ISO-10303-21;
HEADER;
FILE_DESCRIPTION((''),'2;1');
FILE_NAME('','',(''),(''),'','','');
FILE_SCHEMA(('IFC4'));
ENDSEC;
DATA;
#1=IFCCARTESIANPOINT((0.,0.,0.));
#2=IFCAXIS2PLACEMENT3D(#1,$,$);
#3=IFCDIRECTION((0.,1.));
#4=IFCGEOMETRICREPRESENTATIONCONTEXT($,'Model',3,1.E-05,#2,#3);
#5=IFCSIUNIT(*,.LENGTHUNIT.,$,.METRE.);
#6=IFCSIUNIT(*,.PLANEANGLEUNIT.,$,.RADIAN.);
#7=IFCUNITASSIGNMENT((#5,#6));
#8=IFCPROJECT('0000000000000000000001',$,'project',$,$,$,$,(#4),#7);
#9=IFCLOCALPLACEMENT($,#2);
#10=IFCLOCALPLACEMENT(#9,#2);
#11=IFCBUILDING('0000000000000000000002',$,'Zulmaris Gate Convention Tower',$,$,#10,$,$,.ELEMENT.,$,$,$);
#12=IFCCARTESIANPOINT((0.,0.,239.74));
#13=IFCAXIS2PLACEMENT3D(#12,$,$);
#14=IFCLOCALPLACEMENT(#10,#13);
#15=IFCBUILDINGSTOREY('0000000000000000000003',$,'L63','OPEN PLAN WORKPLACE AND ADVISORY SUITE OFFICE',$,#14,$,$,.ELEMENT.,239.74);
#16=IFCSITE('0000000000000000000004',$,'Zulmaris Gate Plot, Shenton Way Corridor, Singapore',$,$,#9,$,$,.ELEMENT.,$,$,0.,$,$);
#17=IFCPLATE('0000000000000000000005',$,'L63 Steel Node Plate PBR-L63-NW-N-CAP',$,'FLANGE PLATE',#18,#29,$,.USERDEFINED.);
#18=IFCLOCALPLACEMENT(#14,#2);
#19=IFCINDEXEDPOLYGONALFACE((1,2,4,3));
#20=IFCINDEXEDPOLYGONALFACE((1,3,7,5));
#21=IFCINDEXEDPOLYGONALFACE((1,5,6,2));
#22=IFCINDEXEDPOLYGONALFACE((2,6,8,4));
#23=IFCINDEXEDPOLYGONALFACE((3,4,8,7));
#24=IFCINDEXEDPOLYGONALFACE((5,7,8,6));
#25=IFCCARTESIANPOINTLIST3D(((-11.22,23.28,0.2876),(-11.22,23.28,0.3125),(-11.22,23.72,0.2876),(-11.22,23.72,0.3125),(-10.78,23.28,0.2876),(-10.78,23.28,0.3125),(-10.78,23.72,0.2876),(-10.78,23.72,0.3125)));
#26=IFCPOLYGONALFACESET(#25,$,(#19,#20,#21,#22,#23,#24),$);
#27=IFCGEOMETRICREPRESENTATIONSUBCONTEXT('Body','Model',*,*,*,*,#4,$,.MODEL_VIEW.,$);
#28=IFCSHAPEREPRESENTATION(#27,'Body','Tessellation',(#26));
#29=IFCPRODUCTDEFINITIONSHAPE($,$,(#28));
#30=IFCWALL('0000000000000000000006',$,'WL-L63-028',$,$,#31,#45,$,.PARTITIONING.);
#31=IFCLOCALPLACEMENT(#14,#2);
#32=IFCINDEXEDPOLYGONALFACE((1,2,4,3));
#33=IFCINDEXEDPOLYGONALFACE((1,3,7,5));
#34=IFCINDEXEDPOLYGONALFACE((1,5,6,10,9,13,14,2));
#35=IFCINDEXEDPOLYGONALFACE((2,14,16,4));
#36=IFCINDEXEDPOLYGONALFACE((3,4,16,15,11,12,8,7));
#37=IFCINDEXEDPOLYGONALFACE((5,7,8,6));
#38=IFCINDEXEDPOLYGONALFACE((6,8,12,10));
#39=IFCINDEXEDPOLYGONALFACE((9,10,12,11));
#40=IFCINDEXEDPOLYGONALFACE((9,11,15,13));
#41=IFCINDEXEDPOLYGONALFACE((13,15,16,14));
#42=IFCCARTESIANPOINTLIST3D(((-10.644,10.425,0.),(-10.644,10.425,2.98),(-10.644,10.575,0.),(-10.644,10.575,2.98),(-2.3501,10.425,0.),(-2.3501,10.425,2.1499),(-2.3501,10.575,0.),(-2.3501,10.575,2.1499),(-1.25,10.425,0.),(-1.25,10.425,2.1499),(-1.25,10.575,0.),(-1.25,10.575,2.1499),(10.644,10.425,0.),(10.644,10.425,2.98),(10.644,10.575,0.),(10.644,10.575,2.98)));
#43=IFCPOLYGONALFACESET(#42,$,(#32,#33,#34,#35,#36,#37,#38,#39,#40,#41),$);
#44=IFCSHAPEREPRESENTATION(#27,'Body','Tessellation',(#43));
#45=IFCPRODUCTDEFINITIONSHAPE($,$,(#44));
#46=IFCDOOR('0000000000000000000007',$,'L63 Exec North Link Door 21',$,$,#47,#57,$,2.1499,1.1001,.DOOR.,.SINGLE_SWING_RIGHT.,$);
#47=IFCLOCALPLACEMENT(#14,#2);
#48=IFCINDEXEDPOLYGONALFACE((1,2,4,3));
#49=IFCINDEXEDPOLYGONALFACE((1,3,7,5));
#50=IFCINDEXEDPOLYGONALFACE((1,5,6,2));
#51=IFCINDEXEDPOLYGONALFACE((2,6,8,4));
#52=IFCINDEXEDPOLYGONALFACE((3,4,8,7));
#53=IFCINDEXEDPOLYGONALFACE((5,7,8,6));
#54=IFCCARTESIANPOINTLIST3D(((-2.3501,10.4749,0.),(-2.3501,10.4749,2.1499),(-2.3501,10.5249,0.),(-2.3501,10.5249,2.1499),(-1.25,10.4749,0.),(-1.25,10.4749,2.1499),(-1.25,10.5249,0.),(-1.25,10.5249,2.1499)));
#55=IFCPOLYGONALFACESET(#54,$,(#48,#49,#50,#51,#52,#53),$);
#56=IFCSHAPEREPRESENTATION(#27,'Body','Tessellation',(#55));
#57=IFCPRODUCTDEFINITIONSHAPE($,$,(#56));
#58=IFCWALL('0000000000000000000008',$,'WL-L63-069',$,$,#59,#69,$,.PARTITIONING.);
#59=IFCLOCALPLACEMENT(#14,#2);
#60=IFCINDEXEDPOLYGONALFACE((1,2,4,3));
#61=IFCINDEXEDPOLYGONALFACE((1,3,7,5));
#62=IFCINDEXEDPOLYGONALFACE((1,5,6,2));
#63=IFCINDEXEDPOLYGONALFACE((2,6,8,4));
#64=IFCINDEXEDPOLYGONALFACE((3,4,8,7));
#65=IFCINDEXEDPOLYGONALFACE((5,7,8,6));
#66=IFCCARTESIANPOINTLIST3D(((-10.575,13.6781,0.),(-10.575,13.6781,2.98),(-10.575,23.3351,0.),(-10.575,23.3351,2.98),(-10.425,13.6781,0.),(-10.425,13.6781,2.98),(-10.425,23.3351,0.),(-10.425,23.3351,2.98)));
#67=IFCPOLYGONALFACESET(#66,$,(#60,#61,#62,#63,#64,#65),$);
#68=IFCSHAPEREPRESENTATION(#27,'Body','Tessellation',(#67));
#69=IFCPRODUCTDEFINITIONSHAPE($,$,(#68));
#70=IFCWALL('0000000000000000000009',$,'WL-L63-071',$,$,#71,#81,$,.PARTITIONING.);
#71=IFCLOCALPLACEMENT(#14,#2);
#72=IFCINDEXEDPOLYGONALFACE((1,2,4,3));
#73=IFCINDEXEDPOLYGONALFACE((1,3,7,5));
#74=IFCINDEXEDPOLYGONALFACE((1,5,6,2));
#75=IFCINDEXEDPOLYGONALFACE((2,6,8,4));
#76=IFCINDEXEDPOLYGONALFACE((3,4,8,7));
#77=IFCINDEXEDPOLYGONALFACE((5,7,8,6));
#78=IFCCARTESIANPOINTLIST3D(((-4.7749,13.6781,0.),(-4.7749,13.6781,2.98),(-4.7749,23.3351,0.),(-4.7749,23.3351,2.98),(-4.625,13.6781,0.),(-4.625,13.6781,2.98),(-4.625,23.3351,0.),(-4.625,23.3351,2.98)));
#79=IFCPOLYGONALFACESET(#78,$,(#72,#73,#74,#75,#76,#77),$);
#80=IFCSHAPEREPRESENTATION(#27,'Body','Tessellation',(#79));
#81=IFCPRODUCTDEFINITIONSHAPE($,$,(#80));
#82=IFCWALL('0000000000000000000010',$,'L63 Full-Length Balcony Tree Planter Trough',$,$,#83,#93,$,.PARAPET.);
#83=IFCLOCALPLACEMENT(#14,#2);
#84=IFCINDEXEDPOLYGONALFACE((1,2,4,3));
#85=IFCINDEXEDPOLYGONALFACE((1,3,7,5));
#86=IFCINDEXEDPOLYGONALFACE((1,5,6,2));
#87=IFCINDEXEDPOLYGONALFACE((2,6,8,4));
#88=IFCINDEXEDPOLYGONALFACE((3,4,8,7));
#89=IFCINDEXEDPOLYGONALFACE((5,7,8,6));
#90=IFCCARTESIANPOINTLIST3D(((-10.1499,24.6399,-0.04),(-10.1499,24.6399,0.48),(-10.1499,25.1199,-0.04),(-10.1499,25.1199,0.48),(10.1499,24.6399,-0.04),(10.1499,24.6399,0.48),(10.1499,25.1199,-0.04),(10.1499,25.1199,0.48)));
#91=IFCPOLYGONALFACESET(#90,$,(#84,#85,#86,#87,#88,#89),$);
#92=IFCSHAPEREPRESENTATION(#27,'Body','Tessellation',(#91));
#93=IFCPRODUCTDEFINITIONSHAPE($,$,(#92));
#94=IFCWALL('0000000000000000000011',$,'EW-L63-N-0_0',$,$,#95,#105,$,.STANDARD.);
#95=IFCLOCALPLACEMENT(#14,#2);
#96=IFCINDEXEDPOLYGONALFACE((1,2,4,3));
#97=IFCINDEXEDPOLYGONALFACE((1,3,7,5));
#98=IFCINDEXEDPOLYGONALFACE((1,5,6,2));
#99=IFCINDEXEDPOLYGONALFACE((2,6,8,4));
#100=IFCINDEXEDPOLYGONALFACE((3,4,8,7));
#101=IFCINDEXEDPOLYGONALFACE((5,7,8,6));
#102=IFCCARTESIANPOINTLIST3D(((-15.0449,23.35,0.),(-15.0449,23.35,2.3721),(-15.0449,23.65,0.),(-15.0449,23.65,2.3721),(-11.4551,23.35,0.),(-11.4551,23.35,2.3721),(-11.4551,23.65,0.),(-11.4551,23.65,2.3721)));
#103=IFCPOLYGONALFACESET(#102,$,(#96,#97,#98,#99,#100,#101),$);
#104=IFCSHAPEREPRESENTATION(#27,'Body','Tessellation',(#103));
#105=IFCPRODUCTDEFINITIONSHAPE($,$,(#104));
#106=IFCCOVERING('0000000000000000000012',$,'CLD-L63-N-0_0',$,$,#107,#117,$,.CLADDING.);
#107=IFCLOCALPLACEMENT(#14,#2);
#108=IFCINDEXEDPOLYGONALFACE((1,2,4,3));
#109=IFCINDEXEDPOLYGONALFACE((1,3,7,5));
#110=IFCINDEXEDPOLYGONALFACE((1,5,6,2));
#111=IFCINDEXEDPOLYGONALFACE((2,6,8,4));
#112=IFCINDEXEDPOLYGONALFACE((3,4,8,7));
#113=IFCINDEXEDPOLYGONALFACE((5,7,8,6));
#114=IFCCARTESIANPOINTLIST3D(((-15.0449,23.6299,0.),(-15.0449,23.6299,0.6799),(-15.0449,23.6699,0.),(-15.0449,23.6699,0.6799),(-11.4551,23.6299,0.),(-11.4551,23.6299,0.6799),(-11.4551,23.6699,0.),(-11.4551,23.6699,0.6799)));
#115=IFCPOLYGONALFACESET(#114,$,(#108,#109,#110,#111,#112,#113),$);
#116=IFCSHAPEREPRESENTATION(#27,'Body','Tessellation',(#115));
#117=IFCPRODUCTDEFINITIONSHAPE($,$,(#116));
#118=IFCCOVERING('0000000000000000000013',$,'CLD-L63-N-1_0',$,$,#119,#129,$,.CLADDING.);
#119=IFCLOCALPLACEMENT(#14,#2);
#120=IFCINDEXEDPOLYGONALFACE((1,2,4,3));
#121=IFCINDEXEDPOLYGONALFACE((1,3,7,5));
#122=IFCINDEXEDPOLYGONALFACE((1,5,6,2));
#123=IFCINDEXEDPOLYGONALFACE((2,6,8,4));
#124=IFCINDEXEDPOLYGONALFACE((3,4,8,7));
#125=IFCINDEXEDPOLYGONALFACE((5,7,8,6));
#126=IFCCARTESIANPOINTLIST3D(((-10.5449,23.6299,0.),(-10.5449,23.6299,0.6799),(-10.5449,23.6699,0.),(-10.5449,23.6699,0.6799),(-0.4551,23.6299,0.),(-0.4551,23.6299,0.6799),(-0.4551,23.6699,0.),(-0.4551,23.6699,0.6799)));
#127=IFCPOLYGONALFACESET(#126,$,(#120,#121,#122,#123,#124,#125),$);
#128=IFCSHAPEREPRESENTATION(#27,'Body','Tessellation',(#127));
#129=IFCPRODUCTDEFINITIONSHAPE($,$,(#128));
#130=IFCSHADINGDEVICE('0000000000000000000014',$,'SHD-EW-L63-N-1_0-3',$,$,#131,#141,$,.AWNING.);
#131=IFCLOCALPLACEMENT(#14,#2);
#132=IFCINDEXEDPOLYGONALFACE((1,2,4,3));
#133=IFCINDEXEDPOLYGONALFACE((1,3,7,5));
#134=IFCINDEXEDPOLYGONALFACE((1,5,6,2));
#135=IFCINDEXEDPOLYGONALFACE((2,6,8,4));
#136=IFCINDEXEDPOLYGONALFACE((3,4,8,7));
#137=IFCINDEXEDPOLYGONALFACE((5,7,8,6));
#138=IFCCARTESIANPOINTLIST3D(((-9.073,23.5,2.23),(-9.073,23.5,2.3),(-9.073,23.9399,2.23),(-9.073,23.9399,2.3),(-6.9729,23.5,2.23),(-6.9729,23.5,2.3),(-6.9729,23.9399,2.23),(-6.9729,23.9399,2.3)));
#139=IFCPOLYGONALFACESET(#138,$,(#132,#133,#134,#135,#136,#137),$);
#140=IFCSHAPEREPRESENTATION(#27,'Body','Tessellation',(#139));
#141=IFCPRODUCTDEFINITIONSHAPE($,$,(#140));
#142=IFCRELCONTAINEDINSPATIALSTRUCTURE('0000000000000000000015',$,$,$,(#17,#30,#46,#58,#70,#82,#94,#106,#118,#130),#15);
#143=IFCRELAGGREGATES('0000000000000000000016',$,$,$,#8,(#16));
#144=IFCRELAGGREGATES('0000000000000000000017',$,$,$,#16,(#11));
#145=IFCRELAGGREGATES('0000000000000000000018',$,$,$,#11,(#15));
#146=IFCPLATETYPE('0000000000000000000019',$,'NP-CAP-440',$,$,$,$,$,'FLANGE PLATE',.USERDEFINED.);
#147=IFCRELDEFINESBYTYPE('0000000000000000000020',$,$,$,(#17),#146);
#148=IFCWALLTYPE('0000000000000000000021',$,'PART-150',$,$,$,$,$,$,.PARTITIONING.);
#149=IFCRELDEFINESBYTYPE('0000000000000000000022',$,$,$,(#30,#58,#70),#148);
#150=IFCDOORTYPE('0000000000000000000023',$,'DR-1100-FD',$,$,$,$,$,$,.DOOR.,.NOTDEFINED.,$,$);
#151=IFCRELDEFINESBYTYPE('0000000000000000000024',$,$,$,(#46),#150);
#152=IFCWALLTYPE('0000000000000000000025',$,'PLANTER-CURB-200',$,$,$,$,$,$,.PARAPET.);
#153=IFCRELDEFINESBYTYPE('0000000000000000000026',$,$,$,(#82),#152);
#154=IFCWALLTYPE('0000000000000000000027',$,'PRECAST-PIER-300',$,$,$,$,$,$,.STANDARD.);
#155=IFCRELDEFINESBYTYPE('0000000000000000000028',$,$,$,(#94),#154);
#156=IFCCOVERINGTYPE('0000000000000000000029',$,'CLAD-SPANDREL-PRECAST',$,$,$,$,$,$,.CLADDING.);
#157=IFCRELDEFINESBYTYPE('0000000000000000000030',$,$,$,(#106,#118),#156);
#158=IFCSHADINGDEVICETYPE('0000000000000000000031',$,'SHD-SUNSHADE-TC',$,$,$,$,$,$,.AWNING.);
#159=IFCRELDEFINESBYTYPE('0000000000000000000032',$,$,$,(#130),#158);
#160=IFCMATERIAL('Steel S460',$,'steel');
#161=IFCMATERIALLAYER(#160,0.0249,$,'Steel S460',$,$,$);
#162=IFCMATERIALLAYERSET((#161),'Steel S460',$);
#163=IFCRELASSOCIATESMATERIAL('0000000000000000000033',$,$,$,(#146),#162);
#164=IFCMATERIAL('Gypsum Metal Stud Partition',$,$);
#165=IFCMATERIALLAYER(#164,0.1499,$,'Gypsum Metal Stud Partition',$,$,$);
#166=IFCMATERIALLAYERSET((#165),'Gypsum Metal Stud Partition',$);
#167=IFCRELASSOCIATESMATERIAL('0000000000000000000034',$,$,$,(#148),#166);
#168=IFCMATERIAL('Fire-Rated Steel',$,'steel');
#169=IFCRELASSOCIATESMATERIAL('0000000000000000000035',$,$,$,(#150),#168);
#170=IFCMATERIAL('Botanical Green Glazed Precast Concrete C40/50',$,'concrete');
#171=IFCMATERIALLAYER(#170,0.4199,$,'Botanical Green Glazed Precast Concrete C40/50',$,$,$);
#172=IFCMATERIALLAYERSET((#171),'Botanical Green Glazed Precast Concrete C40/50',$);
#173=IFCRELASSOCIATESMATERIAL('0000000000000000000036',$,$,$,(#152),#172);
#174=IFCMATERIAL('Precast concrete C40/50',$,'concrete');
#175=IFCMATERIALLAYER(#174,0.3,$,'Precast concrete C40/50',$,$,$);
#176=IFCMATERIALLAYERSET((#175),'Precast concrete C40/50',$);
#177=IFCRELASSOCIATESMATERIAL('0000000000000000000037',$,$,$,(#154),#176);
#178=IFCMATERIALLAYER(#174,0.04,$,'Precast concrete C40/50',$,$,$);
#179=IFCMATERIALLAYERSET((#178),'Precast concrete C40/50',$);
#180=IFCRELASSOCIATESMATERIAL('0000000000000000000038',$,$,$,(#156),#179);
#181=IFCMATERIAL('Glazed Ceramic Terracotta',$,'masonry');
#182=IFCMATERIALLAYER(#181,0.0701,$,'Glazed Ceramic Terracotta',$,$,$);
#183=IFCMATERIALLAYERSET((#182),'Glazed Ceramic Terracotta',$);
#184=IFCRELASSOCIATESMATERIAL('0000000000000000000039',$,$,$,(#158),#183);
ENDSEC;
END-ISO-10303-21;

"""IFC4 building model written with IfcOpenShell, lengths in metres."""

from ifc_helpers import new_model, si_unit, direction, frame, frame_2d, origin, origin_2d, place, context, subcontext, project, spatial, rectangle, extrude, material, layer, layer_set, type_object, element, fill, save


model = new_model("IFC4")

# Units and contexts
model_context = context("Model", 3, precision=1e-05, world=origin(), true_north=direction((0.0, 1.0)))
body_context = subcontext(model_context, "Body", "Model", "MODEL_VIEW")
ifc_project = project(units=[si_unit("LENGTHUNIT", "METRE"), si_unit("PLANEANGLEUNIT", "RADIAN")], contexts=[model_context])

# Site, building, storey
site_placement = place(None, origin())
site = spatial("IfcSite", under=ifc_project, at=site_placement, Name="Zulmaris Gate Plot, Shenton Way Corridor, Singapore", CompositionType="ELEMENT", RefElevation=0.0)
building_placement = place(site_placement, origin())
building = spatial("IfcBuilding", under=site, at=building_placement, Name="Zulmaris Gate Convention Tower", CompositionType="ELEMENT")
storey_placement = place(building_placement, frame((0.0, 0.0, 239.74)))
storey = spatial("IfcBuildingStorey", under=building, at=storey_placement, Name="L63", Description="OPEN PLAN WORKPLACE AND ADVISORY SUITE OFFICE", CompositionType="ELEMENT", Elevation=239.74)

# Plate
ifc_material_1 = material(Name="Steel S460", Category="steel")
ifc_layer_1 = layer(ifc_material_1, 0.0249, Name="Steel S460")
ifc_layer_set_1 = layer_set([ifc_layer_1], Name="Steel S460")
plate_type = type_object("IfcPlateType", Name="NP-CAP-440", ElementType="FLANGE PLATE", PredefinedType="USERDEFINED", material=ifc_layer_set_1)
plate_placement = place(storey_placement, frame((-11.0, 23.5, 0.2876), z_axis=(0.0, 0.0, 1.0), x_axis=(1.0, 0.0, 0.0)))
element("IfcPlate", 1, at=plate_placement, inside=storey, type_object=plate_type, Name="L63 Steel Node Plate PBR-L63-NW-N-CAP", ObjectType="FLANGE PLATE", PredefinedType="USERDEFINED", context=body_context, shape_type="SweptSolid", body=[
    extrude(rectangle(XDim=0.4399, YDim=0.4399, at=origin_2d()), origin(), (0.0, 0.0, 1.0), 0.0249),
])

# Wall, opening, door
ifc_material_2 = material(Name="Gypsum Metal Stud Partition")
ifc_layer_2 = layer(ifc_material_2, 0.1499, Name="Gypsum Metal Stud Partition")
ifc_layer_set_2 = layer_set([ifc_layer_2], Name="Gypsum Metal Stud Partition")
wall_type_1 = type_object("IfcWallType", Name="PART-150", PredefinedType="PARTITIONING", material=ifc_layer_set_2)
wall_1_placement = place(storey_placement, frame((-10.644, 10.5, 0.0), z_axis=(0.0, 0.0, 1.0), x_axis=(1.0, 0.0, 0.0)))
wall_1 = element("IfcWall", 2, at=wall_1_placement, inside=storey, type_object=wall_type_1, Name="WL-L63-028", PredefinedType="PARTITIONING", context=body_context, shape_type="SweptSolid", body=[
    extrude(rectangle(XDim=21.2881, YDim=0.1499, at=frame_2d((10.644, 0.0))), origin(), (0.0, 0.0, 1.0), 2.98),
])
opening_1_placement = place(wall_1_placement, frame((8.2939, 0.0, 0.0)))
opening_1 = element("IfcOpeningElement", 3, at=opening_1_placement, cuts=wall_1, PredefinedType="OPENING", context=body_context, shape_type="SweptSolid", body=[
    extrude(rectangle(XDim=1.1001, YDim=2.1499, at=frame_2d((0.55, 1.075))), frame((0.0, 0.085, 0.0), z_axis=(0.0, -1.0, 0.0), x_axis=(1.0, 0.0, 0.0)), (0.0, 0.0, 1.0), 0.1699),
])
ifc_material_3 = material(Name="Fire-Rated Steel", Category="steel")
door_type_1 = type_object("IfcDoorType", Name="DR-1100-FD", OperationType="NOTDEFINED", PredefinedType="DOOR", material=ifc_material_3)
door_1_placement = place(opening_1_placement, origin())
door_1 = element("IfcDoor", 4, at=door_1_placement, inside=storey, type_object=door_type_1, Name="L63 Exec North Link Door 21", OperationType="SINGLE_SWING_RIGHT", OverallHeight=2.1499, OverallWidth=1.1001, PredefinedType="DOOR", context=body_context, shape_type="SweptSolid", body=[
    extrude(rectangle(XDim=1.1001, YDim=2.1499, at=frame_2d((0.55, 1.075))), frame((0.0, 0.0249, 0.0), z_axis=(0.0, -1.0, 0.0), x_axis=(1.0, 0.0, 0.0)), (0.0, 0.0, 1.0), 0.05),
])
fill(opening_1, door_1)

# Walls
for number, where, z_axis, x_axis, name in (
    (5, (-10.5, 13.678, 0.0), (0.0, 0.0, 1.0), (0.0, 1.0, 0.0), "WL-L63-069"),
    (6, (-4.7, 13.678, 0.0), (0.0, 0.0, 1.0), (0.0, 1.0, 0.0), "WL-L63-071"),
):
    element("IfcWall", number, at=place(storey_placement, frame(where, z_axis=z_axis, x_axis=x_axis)), inside=storey, type_object=wall_type_1, Name=name, PredefinedType="PARTITIONING", context=body_context, shape_type="SweptSolid", body=[
        extrude(rectangle(XDim=9.657, YDim=0.1499, at=frame_2d((4.8286, 0.0))), origin(), (0.0, 0.0, 1.0), 2.98),
    ])
ifc_material_4 = material(Name="Botanical Green Glazed Precast Concrete C40/50", Category="concrete")
ifc_layer_3 = layer(ifc_material_4, 0.4199, Name="Botanical Green Glazed Precast Concrete C40/50")
ifc_layer_set_3 = layer_set([ifc_layer_3], Name="Botanical Green Glazed Precast Concrete C40/50")
wall_type_2 = type_object("IfcWallType", Name="PLANTER-CURB-200", PredefinedType="PARAPET", material=ifc_layer_set_3)
wall_2_placement = place(storey_placement, frame((-10.1499, 24.8799, -0.04), z_axis=(0.0, 0.0, 1.0), x_axis=(1.0, 0.0, 0.0)))
element("IfcWall", 7, at=wall_2_placement, inside=storey, type_object=wall_type_2, Name="L63 Full-Length Balcony Tree Planter Trough", PredefinedType="PARAPET", context=body_context, shape_type="SweptSolid", body=[
    extrude(rectangle(XDim=20.2998, YDim=0.48, at=frame_2d((10.1499, 0.0))), origin(), (0.0, 0.0, 1.0), 0.52),
])
ifc_material_5 = material(Name="Precast concrete C40/50", Category="concrete")
ifc_layer_4 = layer(ifc_material_5, 0.3, Name="Precast concrete C40/50")
ifc_layer_set_4 = layer_set([ifc_layer_4], Name="Precast concrete C40/50")
wall_type_3 = type_object("IfcWallType", Name="PRECAST-PIER-300", PredefinedType="STANDARD", material=ifc_layer_set_4)
wall_3_placement = place(storey_placement, frame((-11.4551, 23.5, 0.0), z_axis=(0.0, 0.0, 1.0), x_axis=(-1.0, 0.0, 0.0)))
element("IfcWall", 8, at=wall_3_placement, inside=storey, type_object=wall_type_3, Name="EW-L63-N-0_0", PredefinedType="STANDARD", context=body_context, shape_type="SweptSolid", body=[
    extrude(rectangle(XDim=3.5898, YDim=0.3, at=frame_2d((1.7949, 0.0))), origin(), (0.0, 0.0, 1.0), 2.3721),
])

# Coverings
ifc_layer_5 = layer(ifc_material_5, 0.04, Name="Precast concrete C40/50")
ifc_layer_set_5 = layer_set([ifc_layer_5], Name="Precast concrete C40/50")
covering_type = type_object("IfcCoveringType", Name="CLAD-SPANDREL-PRECAST", PredefinedType="CLADDING", material=ifc_layer_set_5)
covering_1_placement = place(storey_placement, frame((-11.4551, 23.6499, 0.0), z_axis=(0.0, 0.0, 1.0), x_axis=(-1.0, 0.0, 0.0)))
element("IfcCovering", 9, at=covering_1_placement, inside=storey, type_object=covering_type, Name="CLD-L63-N-0_0", PredefinedType="CLADDING", context=body_context, shape_type="SweptSolid", body=[
    extrude(rectangle(XDim=3.5898, YDim=0.04, at=frame_2d((1.7949, 0.0))), origin(), (0.0, 0.0, 1.0), 0.6799),
])
covering_2_placement = place(storey_placement, frame((-0.4551, 23.6499, 0.0), z_axis=(0.0, 0.0, 1.0), x_axis=(-1.0, 0.0, 0.0)))
element("IfcCovering", 10, at=covering_2_placement, inside=storey, type_object=covering_type, Name="CLD-L63-N-1_0", PredefinedType="CLADDING", context=body_context, shape_type="SweptSolid", body=[
    extrude(rectangle(XDim=10.0898, YDim=0.04, at=frame_2d((5.0449, 0.0))), origin(), (0.0, 0.0, 1.0), 0.6799),
])

# Shading device
ifc_material_6 = material(Name="Glazed Ceramic Terracotta", Category="masonry")
ifc_layer_6 = layer(ifc_material_6, 0.0701, Name="Glazed Ceramic Terracotta")
ifc_layer_set_6 = layer_set([ifc_layer_6], Name="Glazed Ceramic Terracotta")
shading_device_type = type_object("IfcShadingDeviceType", Name="SHD-SUNSHADE-TC", PredefinedType="AWNING", material=ifc_layer_set_6)
shading_device_placement = place(storey_placement, frame((-6.9729, 23.72, 2.23), z_axis=(0.0, 0.0, 1.0), x_axis=(-1.0, 0.0, 0.0)))
element("IfcShadingDevice", 11, at=shading_device_placement, inside=storey, type_object=shading_device_type, Name="SHD-EW-L63-N-1_0-3", PredefinedType="AWNING", context=body_context, shape_type="SweptSolid", body=[
    extrude(rectangle(XDim=2.1001, YDim=0.4399, at=frame_2d((1.05, 0.0))), origin(), (0.0, 0.0, 1.0), 0.0701),
])

save(model, "model.ifc")
